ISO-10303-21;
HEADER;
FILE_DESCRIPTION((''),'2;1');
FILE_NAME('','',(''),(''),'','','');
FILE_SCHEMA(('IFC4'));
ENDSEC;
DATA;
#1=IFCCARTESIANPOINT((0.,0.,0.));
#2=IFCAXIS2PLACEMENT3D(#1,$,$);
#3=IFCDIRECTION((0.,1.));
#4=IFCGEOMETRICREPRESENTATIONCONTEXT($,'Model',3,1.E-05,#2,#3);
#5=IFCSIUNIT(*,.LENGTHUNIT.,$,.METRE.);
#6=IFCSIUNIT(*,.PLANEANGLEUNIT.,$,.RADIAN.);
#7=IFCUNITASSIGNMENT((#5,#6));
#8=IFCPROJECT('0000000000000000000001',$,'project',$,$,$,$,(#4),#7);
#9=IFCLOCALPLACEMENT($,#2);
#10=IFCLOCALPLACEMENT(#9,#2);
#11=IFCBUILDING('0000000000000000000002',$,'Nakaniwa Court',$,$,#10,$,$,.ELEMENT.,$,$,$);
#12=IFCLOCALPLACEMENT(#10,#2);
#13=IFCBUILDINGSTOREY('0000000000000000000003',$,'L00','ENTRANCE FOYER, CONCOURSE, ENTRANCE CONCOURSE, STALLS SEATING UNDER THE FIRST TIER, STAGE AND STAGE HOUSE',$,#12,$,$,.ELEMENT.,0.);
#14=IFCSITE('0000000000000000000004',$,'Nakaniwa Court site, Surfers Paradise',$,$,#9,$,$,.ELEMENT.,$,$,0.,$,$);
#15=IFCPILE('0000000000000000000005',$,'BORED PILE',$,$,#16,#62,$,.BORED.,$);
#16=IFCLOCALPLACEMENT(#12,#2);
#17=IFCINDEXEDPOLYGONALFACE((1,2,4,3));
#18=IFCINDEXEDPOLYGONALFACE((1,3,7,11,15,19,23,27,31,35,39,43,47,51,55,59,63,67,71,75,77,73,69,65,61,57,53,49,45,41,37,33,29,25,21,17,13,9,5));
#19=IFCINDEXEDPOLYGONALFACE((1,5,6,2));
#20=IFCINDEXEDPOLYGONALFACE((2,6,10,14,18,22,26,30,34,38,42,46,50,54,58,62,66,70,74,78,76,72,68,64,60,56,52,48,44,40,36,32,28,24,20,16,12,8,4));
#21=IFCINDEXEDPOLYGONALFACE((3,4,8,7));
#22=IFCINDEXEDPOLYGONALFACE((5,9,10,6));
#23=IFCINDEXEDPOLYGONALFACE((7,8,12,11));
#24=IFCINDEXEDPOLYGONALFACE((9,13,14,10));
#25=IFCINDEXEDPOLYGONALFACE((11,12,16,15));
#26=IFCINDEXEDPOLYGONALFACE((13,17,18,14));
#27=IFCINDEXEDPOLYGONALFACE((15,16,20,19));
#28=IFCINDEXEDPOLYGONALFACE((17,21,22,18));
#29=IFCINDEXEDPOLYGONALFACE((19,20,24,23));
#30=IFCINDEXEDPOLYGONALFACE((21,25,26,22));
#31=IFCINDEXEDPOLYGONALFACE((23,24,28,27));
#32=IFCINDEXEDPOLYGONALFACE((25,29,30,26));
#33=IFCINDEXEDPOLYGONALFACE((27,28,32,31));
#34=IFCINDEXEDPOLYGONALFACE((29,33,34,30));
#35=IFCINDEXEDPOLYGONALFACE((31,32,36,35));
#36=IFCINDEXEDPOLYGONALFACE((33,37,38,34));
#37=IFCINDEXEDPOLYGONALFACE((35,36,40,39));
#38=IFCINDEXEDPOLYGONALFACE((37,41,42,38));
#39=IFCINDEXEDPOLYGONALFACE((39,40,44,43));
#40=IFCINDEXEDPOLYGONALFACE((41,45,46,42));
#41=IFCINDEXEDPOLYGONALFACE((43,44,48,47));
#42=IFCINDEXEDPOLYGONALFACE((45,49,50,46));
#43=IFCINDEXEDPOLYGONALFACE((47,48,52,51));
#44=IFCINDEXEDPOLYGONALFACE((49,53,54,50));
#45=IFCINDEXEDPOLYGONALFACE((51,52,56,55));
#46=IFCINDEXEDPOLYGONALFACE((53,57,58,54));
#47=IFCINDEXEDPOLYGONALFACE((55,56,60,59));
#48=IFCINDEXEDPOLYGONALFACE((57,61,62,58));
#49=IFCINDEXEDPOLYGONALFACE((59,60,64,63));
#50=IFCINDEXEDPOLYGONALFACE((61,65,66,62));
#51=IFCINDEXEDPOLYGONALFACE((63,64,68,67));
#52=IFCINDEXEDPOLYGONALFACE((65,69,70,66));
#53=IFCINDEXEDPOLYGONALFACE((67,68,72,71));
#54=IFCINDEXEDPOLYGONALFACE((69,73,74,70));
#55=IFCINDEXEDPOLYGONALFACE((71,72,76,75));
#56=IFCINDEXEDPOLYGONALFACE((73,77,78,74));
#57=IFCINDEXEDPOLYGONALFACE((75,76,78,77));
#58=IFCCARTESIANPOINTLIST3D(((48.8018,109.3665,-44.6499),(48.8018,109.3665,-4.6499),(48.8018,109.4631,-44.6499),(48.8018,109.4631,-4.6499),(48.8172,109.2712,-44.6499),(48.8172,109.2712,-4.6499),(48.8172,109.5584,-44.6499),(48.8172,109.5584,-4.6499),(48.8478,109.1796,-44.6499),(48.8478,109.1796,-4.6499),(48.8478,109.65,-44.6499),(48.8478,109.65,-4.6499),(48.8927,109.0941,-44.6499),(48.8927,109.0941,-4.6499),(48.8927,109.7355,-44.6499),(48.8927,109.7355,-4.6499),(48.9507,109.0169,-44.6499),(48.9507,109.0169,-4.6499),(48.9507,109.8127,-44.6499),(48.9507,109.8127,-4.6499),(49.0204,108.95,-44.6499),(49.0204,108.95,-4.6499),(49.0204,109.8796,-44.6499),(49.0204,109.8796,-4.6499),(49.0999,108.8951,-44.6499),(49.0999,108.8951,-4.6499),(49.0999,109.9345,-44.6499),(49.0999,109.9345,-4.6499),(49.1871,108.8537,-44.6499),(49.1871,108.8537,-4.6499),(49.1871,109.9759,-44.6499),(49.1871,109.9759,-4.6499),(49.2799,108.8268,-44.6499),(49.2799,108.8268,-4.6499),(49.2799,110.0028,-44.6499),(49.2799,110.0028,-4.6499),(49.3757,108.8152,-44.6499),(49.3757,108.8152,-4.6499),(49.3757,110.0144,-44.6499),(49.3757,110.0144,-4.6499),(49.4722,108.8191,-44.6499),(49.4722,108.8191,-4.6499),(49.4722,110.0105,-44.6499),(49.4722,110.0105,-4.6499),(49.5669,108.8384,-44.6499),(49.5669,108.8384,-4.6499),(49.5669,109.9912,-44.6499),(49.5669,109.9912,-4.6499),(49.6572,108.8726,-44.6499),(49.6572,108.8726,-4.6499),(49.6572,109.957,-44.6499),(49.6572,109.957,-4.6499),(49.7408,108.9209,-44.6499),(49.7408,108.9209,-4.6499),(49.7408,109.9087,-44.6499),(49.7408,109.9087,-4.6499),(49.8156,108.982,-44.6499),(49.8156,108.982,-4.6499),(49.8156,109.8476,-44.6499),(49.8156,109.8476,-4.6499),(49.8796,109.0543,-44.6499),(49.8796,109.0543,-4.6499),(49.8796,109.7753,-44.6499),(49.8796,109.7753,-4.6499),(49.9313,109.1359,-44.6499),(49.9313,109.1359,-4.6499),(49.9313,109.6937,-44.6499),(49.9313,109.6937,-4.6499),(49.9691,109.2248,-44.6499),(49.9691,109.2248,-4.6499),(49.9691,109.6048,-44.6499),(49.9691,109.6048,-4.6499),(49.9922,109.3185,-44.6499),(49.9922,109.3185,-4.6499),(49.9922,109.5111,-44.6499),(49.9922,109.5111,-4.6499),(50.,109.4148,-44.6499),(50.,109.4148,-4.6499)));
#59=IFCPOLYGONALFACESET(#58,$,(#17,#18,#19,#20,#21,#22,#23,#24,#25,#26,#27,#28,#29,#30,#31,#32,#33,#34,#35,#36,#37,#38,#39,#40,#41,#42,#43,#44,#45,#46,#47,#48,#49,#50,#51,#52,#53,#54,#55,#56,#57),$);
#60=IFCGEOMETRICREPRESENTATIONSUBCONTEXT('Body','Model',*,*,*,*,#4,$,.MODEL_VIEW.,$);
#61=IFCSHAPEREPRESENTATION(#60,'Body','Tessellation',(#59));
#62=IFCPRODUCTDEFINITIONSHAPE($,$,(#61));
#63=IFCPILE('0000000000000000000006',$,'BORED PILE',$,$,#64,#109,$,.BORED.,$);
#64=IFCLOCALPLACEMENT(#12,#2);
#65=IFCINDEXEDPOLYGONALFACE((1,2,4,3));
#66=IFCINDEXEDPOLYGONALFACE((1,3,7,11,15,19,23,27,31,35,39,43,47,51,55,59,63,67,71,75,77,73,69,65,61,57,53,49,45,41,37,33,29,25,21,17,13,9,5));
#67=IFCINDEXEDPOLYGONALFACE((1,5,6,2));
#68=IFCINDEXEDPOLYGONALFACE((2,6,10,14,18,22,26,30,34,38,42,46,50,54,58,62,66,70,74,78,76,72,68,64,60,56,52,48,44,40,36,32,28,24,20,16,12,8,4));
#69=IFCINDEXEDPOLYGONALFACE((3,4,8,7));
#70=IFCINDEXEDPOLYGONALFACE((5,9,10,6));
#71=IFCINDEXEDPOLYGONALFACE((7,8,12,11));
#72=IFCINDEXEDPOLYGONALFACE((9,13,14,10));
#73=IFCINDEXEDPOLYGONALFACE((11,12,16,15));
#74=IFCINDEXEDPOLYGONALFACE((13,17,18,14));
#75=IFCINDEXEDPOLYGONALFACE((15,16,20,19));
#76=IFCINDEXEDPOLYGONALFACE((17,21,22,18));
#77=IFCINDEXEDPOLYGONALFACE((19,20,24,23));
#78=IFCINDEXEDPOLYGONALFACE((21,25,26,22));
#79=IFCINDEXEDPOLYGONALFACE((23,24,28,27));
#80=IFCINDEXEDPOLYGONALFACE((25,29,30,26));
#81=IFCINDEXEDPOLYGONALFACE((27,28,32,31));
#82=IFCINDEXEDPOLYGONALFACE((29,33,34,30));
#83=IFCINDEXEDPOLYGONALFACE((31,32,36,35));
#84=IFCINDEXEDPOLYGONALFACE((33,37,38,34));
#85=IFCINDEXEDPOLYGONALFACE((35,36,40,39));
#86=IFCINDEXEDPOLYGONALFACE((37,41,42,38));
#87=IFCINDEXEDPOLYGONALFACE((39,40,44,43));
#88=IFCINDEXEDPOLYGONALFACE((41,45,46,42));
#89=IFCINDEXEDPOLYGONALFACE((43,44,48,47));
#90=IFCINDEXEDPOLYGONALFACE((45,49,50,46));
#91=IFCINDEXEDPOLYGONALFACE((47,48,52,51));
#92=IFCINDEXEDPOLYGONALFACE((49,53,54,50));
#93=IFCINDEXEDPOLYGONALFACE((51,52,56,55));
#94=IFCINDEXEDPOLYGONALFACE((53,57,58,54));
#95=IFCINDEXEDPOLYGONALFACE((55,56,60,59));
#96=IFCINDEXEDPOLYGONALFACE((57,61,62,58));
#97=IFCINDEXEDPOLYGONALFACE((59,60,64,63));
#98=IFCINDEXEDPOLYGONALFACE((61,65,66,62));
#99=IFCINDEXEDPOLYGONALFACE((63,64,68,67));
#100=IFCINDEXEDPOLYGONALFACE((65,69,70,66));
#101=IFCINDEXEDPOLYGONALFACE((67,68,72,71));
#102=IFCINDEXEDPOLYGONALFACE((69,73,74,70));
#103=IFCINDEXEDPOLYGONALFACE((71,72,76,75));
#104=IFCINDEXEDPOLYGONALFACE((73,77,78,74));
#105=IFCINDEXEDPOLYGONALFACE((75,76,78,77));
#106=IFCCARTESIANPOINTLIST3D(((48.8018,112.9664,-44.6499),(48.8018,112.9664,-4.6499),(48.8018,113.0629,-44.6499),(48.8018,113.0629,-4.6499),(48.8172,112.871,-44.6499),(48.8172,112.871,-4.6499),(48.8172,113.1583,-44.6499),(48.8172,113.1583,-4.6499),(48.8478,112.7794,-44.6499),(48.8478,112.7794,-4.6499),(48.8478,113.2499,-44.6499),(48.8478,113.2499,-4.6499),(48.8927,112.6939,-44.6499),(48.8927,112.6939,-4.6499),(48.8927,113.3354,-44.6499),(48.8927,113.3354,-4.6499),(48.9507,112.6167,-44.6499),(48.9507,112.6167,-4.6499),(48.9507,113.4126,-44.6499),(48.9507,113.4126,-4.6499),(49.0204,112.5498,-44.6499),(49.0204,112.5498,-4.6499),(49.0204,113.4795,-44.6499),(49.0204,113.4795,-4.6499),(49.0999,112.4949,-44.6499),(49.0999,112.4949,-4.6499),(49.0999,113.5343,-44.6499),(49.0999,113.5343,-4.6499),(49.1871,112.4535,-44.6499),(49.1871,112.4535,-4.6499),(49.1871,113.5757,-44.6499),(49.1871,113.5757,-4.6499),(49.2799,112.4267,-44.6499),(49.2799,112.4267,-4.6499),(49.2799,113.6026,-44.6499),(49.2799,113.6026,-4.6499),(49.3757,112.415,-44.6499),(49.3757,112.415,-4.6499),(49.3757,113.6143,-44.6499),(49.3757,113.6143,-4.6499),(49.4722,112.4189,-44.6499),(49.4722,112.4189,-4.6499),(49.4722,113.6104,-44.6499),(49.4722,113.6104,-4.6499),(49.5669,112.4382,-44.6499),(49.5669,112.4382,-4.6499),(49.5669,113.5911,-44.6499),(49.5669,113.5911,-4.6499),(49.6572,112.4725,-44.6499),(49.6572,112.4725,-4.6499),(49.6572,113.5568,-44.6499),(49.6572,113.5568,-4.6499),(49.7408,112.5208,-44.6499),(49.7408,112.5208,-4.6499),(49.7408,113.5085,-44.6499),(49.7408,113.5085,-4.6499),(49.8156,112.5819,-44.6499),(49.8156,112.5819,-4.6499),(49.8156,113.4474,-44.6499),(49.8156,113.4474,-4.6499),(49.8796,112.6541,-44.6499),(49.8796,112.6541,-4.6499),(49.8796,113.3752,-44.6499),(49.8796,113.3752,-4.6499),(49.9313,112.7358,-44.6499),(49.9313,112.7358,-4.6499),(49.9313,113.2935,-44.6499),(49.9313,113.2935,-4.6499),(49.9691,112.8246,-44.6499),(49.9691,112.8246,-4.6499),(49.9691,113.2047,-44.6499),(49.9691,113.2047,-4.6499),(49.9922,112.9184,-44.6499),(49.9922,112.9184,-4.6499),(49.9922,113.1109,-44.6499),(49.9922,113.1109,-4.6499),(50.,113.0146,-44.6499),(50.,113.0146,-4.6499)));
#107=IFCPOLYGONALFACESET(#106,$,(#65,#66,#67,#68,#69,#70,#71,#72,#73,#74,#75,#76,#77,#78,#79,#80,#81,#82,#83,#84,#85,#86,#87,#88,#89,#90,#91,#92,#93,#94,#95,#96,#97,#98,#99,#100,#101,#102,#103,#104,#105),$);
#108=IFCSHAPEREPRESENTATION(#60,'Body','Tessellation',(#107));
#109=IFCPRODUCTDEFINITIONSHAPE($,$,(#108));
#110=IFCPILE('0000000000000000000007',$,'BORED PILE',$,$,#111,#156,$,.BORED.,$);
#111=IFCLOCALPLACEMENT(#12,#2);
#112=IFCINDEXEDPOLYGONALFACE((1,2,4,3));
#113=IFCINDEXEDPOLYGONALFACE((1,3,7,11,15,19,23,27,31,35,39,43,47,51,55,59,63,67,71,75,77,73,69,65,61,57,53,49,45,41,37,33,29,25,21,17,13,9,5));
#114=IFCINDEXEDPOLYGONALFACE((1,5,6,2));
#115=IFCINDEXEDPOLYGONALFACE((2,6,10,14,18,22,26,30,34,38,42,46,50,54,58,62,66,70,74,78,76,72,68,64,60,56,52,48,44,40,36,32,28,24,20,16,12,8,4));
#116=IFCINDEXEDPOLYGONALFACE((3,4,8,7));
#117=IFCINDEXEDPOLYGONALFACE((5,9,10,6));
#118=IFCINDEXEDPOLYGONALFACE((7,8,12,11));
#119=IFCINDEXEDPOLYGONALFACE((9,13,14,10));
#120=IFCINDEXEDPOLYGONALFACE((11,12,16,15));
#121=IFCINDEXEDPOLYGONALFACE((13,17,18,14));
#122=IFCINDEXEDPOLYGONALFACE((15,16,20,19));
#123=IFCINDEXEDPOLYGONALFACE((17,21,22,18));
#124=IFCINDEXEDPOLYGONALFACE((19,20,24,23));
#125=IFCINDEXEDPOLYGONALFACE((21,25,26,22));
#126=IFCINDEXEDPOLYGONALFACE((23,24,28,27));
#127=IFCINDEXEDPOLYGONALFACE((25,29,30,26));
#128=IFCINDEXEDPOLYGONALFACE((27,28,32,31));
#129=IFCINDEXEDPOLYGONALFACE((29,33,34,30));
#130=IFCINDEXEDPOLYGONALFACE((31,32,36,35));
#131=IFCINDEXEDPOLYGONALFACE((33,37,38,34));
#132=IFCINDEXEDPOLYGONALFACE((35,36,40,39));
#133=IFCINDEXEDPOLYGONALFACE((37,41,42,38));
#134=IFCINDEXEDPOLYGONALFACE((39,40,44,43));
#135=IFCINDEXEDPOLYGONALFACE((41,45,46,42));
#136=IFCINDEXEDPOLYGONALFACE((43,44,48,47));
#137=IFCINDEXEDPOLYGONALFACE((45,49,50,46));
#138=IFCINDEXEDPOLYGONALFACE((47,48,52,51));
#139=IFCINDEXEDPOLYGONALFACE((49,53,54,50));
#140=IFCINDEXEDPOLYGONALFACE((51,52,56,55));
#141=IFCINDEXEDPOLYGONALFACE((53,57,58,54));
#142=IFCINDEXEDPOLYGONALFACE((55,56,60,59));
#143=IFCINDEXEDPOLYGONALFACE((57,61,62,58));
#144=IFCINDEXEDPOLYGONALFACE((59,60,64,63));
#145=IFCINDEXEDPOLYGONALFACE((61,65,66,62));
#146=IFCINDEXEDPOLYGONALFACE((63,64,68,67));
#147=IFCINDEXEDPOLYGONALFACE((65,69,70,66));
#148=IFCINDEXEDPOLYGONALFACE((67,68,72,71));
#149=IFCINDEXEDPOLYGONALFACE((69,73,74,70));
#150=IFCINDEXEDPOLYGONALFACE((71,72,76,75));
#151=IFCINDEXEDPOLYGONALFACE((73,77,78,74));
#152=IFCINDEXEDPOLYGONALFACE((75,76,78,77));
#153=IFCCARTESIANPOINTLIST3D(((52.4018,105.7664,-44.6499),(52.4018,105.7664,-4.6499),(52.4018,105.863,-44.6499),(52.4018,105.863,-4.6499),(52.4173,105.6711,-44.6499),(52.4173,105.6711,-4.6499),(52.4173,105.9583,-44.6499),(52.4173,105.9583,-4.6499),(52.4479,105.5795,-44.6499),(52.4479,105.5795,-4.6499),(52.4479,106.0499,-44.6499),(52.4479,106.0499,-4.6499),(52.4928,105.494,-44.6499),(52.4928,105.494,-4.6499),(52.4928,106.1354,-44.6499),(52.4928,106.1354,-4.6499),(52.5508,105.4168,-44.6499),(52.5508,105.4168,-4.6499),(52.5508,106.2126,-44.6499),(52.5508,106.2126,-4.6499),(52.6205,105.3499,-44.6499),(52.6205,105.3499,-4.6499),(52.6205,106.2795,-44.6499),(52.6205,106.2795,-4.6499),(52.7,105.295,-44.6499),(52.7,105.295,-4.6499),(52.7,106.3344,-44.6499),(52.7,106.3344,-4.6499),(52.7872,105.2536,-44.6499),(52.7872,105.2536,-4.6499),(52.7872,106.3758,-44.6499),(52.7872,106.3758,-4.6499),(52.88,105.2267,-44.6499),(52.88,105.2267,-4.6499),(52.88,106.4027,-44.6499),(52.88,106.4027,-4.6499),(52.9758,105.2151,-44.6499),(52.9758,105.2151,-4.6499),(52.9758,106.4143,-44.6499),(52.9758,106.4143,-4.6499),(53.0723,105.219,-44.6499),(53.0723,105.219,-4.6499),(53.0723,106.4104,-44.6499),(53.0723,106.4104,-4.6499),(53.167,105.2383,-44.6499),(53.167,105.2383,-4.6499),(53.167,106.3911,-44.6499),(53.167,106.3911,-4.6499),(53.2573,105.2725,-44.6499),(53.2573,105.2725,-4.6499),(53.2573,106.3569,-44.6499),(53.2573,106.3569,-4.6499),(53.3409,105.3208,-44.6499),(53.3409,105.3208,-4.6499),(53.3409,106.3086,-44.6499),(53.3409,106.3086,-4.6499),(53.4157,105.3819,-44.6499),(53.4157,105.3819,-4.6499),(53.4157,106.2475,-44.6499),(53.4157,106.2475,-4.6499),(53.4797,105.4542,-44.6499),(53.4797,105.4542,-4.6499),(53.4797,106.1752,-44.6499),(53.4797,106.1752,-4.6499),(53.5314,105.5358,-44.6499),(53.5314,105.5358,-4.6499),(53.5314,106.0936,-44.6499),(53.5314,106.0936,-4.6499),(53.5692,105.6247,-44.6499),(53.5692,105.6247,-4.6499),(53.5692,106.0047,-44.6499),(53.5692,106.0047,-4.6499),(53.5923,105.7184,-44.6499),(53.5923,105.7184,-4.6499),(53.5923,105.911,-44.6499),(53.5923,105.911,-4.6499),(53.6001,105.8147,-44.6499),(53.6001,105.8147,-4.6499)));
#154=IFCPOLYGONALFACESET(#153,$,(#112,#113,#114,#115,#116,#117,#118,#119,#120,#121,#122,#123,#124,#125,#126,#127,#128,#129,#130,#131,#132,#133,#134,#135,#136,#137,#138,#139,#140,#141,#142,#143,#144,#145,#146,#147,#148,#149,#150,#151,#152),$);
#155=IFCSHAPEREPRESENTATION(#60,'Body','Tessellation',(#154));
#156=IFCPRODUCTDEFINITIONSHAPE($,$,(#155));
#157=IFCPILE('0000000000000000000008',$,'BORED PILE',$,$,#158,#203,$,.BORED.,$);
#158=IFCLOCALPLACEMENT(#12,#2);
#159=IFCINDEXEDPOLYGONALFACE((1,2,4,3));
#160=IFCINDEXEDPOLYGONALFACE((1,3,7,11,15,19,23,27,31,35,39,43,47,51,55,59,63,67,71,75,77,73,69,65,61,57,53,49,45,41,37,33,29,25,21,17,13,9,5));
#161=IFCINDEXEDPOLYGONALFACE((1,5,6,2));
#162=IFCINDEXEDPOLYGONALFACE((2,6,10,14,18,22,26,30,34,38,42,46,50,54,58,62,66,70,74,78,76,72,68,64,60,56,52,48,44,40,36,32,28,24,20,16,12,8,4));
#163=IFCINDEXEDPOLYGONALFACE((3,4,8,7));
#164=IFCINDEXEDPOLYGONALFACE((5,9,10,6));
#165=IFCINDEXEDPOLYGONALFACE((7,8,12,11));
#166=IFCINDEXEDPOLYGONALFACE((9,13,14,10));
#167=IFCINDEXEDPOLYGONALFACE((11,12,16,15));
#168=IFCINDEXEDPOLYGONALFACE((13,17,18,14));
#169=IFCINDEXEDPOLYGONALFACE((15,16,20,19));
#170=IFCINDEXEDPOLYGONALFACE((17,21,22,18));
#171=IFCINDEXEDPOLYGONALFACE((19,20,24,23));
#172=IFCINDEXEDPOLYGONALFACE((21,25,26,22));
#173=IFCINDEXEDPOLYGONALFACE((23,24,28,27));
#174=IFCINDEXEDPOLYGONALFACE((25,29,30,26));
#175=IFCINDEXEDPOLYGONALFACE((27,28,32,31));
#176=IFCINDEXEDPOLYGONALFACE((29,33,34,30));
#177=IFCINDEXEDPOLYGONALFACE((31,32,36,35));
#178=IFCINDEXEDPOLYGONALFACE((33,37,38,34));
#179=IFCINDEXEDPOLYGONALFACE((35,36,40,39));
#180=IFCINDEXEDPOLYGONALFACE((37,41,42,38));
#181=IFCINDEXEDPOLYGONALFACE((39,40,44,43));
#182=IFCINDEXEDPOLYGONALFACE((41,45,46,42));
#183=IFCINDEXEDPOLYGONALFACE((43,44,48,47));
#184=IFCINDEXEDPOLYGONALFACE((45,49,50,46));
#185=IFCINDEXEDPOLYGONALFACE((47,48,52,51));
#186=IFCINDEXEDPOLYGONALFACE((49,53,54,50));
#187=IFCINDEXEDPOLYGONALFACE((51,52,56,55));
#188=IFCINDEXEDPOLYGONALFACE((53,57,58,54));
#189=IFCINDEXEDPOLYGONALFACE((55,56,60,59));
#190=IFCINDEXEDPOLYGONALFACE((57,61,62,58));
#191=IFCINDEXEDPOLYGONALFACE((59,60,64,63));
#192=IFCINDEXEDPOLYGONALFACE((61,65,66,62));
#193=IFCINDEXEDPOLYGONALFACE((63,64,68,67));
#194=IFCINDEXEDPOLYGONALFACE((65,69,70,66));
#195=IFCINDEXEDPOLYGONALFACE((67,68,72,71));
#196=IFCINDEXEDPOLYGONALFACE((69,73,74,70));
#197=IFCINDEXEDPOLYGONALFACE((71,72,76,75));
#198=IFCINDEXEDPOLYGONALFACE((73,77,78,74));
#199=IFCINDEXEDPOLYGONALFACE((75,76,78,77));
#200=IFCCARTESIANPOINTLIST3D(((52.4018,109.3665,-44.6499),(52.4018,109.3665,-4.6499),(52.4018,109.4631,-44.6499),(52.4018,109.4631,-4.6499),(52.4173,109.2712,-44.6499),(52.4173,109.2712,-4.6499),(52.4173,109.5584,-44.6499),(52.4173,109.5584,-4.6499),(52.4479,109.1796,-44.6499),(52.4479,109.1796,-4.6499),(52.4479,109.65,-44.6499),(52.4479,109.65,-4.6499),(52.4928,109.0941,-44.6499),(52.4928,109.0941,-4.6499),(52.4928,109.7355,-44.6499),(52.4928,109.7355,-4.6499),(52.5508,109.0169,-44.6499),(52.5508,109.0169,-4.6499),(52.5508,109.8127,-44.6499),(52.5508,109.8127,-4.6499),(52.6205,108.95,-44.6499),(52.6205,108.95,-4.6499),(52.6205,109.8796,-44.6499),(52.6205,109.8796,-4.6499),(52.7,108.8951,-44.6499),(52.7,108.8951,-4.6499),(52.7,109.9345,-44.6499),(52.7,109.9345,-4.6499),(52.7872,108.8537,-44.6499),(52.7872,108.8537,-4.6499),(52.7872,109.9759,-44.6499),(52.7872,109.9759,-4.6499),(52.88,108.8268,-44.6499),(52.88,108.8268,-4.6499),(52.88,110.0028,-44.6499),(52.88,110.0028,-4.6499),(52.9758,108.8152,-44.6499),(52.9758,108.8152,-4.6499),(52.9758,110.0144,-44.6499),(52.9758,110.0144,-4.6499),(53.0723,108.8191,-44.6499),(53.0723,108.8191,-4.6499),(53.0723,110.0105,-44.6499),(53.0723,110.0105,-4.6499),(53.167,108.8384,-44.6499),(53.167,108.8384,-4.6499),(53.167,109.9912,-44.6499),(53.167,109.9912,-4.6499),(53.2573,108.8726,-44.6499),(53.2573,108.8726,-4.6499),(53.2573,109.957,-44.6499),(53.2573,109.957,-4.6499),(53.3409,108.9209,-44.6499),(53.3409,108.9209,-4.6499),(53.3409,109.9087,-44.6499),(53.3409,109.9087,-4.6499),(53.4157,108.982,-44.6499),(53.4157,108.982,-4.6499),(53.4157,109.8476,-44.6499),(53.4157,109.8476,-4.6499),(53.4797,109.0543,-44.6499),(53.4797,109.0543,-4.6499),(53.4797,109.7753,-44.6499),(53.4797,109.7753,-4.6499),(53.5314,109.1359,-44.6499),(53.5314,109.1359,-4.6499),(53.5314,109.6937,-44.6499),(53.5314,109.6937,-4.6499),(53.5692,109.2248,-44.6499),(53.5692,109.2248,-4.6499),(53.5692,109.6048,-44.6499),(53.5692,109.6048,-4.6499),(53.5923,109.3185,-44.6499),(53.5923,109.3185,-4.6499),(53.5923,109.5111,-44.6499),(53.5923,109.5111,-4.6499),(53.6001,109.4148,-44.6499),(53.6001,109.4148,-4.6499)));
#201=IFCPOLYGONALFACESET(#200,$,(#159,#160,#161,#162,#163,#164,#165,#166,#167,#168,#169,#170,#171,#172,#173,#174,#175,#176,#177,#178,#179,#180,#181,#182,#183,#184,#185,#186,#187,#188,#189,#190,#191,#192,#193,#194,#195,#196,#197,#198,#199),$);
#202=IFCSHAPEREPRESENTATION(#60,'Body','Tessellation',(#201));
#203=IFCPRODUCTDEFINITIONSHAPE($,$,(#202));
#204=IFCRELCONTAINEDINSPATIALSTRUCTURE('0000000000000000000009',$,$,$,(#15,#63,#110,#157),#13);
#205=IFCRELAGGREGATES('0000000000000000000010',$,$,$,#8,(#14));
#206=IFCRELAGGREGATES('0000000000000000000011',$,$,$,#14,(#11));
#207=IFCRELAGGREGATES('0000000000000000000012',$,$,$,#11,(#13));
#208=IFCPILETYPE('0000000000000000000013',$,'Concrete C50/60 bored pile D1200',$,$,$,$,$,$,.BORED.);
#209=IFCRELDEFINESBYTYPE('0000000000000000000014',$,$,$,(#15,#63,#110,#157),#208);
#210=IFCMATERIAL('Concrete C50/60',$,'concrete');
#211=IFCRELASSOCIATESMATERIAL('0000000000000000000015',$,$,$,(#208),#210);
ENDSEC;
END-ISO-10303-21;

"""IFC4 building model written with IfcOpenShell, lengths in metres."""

from ifc_helpers import new_model, si_unit, direction, frame, origin, origin_2d, place, context, subcontext, project, spatial, circle, extrude, material, material_profile, profile_set, type_object, element, save


model = new_model("IFC4")

# Units and contexts
model_context = context("Model", 3, precision=1e-05, world=origin(), true_north=direction((0.0, 1.0)))
body_context = subcontext(model_context, "Body", "Model", "MODEL_VIEW")
ifc_project = project(units=[si_unit("LENGTHUNIT", "METRE"), si_unit("PLANEANGLEUNIT", "RADIAN")], contexts=[model_context])

# Site, building, storey
site_placement = place(None, origin())
site = spatial("IfcSite", under=ifc_project, at=site_placement, Name="Nakaniwa Court site, Surfers Paradise", CompositionType="ELEMENT", RefElevation=0.0)
building_placement = place(site_placement, origin())
building = spatial("IfcBuilding", under=site, at=building_placement, Name="Nakaniwa Court", CompositionType="ELEMENT")
storey_placement = place(building_placement, origin())
storey = spatial("IfcBuildingStorey", under=building, at=storey_placement, Name="L00", Description="ENTRANCE FOYER, CONCOURSE, ENTRANCE CONCOURSE, STALLS SEATING UNDER THE FIRST TIER, STAGE AND STAGE HOUSE", CompositionType="ELEMENT", Elevation=0.0)

# Piles
ifc_material_1 = material(Name="Concrete C50/60", Category="concrete")
ifc_material_profile_1 = material_profile(ifc_material_1, circle(Radius=0.6001, at=origin_2d()), Name="Concrete C50/60 bored pile D1200")
ifc_profile_set_1 = profile_set([ifc_material_profile_1], Name="Concrete C50/60")
pile_type = type_object("IfcPileType", Name="Concrete C50/60 bored pile D1200", PredefinedType="BORED", material=ifc_profile_set_1)
for number, where, z_axis, x_axis, name in (
    (1, (49.3999, 109.4148, -4.6499), (0.0, 0.0, -1.0), (1.0, 0.0, 0.0), "BORED PILE"),
    (2, (49.3999, 113.0146, -4.6499), (0.0, 0.0, -1.0), (1.0, 0.0, 0.0), "BORED PILE"),
    (3, (53.0, 105.8147, -4.6499), (0.0, 0.0, -1.0), (1.0, 0.0, 0.0), "BORED PILE"),
    (4, (53.0, 109.4148, -4.6499), (0.0, 0.0, -1.0), (1.0, 0.0, 0.0), "BORED PILE"),
):
    element("IfcPile", number, at=place(storey_placement, frame(where, z_axis=z_axis, x_axis=x_axis)), inside=storey, type_object=pile_type, Name=name, PredefinedType="BORED", context=body_context, shape_type="SweptSolid", body=[
        extrude(circle(Radius=0.6001, at=origin_2d()), origin(), (0.0, 0.0, 1.0), 40.0),
    ])

save(model, "model.ifc")
